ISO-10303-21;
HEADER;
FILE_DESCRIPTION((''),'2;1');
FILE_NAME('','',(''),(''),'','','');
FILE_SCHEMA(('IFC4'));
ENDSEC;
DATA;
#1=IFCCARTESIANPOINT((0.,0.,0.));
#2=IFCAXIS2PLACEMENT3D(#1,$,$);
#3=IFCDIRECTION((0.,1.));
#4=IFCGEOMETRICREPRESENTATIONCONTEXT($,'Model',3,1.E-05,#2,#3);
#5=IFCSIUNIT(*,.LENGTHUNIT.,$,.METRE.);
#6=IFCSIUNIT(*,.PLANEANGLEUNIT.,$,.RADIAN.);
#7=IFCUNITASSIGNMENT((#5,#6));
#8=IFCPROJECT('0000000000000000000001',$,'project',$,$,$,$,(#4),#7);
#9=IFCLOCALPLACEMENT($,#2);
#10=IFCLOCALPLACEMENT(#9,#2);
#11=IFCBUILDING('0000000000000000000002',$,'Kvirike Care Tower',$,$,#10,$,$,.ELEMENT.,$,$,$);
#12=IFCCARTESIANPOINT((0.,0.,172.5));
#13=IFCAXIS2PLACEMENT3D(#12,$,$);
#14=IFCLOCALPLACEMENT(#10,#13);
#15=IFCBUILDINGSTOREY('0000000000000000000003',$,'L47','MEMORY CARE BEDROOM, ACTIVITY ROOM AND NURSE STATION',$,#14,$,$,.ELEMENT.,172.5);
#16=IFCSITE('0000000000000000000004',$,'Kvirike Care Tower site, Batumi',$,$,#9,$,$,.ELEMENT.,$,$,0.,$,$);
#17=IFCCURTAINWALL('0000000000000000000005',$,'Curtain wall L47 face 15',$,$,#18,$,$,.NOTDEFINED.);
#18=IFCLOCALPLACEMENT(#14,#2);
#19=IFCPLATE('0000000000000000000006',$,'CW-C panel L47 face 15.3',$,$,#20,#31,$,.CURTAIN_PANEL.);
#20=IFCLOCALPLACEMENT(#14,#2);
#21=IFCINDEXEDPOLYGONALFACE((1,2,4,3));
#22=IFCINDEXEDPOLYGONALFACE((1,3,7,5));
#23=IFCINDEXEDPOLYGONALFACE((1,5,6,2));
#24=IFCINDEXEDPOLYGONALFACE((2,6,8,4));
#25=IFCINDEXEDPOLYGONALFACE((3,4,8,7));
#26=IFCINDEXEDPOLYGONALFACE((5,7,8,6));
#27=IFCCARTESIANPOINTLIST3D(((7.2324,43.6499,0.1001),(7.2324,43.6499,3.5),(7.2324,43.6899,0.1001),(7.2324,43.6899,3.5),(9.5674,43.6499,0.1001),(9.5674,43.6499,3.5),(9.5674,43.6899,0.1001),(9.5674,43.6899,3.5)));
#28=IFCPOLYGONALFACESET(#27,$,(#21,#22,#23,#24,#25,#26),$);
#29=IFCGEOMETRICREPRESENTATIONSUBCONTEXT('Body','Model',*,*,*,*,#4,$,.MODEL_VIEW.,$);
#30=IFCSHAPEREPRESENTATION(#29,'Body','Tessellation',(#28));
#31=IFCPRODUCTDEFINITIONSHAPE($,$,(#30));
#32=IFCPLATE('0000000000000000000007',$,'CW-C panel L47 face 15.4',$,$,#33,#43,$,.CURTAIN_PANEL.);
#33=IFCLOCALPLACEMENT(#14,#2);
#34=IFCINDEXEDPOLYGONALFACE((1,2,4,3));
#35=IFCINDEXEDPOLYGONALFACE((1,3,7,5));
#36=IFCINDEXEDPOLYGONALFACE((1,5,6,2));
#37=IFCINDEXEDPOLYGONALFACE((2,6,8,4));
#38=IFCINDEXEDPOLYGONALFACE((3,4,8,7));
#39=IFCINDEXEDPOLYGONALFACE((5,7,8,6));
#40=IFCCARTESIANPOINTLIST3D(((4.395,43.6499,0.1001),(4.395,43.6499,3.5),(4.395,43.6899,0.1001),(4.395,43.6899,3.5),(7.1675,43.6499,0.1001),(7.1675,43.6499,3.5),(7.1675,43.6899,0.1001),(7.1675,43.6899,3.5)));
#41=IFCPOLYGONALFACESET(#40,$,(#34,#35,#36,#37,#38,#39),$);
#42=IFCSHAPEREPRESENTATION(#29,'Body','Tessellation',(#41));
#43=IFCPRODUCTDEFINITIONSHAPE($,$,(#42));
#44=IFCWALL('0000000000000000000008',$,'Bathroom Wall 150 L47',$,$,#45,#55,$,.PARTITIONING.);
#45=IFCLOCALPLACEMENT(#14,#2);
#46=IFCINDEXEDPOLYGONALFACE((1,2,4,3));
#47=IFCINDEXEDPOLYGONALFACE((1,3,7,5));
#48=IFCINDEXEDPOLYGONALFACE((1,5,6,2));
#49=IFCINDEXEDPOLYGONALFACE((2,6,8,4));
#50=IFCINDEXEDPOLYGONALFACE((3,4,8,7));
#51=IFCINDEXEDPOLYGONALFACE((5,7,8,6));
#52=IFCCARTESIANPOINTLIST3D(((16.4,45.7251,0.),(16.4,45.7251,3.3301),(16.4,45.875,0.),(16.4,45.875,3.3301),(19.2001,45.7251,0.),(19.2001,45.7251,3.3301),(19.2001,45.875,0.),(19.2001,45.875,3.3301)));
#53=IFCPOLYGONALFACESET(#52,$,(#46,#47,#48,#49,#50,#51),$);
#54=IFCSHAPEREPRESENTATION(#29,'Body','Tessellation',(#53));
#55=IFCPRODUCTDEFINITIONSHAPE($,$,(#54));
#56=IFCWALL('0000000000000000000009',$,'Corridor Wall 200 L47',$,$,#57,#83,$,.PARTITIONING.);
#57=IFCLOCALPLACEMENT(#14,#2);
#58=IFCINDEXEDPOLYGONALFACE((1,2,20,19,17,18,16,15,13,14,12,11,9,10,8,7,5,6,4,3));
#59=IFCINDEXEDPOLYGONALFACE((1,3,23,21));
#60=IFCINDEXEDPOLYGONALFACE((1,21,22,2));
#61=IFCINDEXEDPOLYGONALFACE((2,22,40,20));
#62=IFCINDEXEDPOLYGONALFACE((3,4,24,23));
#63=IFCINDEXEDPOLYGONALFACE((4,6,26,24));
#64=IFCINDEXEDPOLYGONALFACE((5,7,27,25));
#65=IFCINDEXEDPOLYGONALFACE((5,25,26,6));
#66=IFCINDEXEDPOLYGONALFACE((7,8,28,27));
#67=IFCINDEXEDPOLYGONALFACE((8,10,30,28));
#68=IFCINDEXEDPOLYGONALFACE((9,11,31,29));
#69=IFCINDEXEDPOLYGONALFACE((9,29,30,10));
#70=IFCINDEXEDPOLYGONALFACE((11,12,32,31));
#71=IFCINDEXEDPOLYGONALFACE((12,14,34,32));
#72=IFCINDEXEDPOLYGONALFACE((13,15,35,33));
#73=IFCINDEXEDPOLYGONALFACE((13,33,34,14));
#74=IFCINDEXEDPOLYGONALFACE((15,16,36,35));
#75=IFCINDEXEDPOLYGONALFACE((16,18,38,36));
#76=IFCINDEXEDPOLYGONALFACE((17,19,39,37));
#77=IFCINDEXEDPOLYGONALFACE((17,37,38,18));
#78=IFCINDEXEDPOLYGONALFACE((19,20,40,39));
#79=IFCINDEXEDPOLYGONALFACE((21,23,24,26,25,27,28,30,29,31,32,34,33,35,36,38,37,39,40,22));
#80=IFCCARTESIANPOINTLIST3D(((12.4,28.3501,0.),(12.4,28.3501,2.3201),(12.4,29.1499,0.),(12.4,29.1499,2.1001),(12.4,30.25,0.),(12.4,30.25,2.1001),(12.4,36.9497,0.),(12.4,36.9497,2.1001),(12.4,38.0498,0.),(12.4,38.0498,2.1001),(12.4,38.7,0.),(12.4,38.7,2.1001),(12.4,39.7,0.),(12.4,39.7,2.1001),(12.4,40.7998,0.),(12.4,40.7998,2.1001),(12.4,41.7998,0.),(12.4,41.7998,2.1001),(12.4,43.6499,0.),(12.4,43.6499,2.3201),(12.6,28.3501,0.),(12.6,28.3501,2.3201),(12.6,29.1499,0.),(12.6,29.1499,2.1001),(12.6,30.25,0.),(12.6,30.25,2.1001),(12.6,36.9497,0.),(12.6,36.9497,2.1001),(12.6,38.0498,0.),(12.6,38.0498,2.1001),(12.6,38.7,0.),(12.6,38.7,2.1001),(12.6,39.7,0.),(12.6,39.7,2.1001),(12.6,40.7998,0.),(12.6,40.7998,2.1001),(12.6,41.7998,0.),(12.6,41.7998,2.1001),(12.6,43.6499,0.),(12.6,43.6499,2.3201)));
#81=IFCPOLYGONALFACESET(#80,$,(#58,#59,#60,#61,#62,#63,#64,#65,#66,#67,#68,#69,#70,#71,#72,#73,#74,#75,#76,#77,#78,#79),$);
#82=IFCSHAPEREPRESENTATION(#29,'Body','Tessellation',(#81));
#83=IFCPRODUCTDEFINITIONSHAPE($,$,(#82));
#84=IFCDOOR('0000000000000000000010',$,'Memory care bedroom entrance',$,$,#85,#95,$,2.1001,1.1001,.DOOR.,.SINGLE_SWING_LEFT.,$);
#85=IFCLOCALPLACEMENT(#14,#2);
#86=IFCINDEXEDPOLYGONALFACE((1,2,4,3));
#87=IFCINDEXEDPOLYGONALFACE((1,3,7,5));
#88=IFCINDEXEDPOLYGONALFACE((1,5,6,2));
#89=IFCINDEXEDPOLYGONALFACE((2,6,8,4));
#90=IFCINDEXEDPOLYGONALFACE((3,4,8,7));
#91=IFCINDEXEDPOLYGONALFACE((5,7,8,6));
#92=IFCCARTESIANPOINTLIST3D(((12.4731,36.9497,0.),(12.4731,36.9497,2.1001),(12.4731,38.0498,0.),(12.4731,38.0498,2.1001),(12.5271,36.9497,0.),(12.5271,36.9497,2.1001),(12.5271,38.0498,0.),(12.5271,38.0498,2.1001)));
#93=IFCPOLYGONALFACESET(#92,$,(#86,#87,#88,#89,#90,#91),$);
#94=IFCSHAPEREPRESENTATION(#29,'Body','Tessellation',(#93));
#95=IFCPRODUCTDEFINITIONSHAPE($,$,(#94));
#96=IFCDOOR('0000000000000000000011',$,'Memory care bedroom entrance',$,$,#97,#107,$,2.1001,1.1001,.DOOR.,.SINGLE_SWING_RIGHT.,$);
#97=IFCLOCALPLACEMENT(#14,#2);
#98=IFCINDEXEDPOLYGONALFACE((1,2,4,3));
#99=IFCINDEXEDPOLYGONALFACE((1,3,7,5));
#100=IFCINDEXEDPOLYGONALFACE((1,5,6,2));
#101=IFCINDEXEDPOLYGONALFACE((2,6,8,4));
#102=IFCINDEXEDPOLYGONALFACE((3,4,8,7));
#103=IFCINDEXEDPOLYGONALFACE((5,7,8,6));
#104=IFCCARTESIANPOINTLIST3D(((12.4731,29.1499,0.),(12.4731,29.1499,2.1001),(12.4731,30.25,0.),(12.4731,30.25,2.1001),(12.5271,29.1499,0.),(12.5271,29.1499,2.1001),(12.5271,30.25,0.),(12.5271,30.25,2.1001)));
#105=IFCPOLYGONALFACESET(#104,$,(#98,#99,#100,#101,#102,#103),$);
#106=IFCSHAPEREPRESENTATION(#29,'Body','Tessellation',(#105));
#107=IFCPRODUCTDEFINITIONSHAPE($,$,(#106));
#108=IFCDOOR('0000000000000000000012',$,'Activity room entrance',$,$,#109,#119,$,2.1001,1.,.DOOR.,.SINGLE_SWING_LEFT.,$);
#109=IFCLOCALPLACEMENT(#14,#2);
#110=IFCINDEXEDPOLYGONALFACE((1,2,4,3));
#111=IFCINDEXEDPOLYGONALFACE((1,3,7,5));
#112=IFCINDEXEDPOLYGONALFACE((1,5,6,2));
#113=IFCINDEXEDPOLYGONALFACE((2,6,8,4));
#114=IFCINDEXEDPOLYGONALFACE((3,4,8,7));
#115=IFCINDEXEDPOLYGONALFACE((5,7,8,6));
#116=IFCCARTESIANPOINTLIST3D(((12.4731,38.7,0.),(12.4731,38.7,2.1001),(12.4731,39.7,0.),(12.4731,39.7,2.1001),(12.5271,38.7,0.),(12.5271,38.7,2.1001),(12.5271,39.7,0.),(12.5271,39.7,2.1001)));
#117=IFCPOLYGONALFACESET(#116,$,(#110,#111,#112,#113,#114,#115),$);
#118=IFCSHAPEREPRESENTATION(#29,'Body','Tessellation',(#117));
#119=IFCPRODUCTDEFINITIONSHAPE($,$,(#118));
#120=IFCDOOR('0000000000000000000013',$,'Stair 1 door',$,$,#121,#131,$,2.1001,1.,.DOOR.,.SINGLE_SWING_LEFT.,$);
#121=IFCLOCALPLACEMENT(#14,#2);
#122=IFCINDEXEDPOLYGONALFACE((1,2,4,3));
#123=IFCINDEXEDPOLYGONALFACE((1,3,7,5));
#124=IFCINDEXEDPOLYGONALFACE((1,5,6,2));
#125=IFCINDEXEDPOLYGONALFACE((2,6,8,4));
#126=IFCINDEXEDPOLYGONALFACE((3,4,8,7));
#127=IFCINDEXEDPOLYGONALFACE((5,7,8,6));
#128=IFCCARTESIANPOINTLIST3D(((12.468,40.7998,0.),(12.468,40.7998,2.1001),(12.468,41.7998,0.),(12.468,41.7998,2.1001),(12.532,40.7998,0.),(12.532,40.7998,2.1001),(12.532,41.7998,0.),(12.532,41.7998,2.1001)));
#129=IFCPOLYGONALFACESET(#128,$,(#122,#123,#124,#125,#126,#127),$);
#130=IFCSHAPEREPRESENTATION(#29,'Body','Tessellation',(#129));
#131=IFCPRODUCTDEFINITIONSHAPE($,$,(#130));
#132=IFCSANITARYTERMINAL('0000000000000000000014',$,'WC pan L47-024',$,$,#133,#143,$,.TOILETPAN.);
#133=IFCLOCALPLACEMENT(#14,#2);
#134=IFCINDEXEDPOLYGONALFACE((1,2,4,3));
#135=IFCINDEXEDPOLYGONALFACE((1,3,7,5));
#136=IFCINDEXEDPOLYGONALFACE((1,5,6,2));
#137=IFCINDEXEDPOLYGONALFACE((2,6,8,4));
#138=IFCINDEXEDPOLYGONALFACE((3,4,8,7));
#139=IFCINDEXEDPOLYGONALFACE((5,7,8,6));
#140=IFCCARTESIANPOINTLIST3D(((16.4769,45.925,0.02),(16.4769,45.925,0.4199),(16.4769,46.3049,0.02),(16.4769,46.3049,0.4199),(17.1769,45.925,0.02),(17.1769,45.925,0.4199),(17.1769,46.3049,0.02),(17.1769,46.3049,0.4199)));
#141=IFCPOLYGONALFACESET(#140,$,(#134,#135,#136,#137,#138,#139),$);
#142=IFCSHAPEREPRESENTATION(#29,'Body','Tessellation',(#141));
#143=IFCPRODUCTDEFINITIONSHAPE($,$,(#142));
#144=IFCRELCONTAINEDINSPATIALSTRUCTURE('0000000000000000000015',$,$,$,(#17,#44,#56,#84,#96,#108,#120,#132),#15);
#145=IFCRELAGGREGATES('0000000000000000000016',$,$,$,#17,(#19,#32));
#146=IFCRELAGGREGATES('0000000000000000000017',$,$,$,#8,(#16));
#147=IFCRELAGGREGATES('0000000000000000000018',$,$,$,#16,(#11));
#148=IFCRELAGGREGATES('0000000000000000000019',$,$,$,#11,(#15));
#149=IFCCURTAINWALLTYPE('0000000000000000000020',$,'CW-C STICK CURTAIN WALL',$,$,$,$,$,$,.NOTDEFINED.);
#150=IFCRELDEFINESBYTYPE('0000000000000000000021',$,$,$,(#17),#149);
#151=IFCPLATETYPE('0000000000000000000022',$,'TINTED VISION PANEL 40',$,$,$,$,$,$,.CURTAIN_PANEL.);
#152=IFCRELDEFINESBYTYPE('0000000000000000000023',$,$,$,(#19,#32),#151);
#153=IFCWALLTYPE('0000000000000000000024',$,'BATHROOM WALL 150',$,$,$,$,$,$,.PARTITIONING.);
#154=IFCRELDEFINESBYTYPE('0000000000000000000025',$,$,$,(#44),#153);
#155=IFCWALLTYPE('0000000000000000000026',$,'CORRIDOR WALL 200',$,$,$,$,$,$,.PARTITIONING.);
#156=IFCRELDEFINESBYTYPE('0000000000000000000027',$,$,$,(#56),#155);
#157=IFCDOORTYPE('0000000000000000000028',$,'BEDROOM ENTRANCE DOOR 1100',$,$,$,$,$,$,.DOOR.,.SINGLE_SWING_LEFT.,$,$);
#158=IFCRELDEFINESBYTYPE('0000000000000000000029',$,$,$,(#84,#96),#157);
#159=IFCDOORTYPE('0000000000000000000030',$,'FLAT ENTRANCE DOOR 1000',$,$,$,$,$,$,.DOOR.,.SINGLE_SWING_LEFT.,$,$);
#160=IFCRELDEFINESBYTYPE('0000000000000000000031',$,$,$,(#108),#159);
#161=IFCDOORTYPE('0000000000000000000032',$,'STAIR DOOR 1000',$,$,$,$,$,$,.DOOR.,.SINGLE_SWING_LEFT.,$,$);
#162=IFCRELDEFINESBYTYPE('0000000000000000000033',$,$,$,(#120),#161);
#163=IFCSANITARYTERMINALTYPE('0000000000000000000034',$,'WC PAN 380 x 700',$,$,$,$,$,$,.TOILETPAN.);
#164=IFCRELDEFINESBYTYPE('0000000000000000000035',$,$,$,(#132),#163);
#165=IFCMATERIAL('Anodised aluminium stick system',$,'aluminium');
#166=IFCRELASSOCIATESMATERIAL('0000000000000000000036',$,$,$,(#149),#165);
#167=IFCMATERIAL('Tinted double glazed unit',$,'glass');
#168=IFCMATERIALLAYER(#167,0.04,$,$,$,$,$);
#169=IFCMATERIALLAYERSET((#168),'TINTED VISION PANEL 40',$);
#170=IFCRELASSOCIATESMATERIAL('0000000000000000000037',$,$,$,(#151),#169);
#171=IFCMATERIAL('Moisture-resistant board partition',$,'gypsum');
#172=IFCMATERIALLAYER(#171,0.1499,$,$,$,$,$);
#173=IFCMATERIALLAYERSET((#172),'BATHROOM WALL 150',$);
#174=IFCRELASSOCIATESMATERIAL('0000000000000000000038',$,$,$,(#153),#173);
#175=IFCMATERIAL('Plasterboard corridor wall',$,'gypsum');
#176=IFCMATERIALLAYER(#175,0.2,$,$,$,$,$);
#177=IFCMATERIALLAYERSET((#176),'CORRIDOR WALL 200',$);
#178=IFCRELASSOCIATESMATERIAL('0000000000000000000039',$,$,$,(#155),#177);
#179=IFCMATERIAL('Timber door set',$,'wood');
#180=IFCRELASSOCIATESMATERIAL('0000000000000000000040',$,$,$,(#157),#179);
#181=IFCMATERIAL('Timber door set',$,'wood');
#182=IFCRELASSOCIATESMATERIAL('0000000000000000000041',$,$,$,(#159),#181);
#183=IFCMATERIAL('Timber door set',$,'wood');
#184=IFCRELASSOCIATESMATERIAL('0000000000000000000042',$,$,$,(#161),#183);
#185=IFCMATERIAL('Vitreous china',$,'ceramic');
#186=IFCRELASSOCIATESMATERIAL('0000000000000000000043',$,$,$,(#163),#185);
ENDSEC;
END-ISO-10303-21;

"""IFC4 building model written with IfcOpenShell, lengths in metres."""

from ifc_helpers import new_model, si_unit, direction, frame, frame_2d, origin, origin_2d, place, context, subcontext, project, spatial, rectangle, extrude, material, layer, layer_set, type_object, element, fill, aggregate, save


model = new_model("IFC4")

# Units and contexts
model_context = context("Model", 3, precision=1e-05, world=origin(), true_north=direction((0.0, 1.0)))
body_context = subcontext(model_context, "Body", "Model", "MODEL_VIEW")
ifc_project = project(units=[si_unit("LENGTHUNIT", "METRE"), si_unit("PLANEANGLEUNIT", "RADIAN")], contexts=[model_context])

# Site, building, storey
site_placement = place(None, origin())
site = spatial("IfcSite", under=ifc_project, at=site_placement, Name="Kvirike Care Tower site, Batumi", CompositionType="ELEMENT", RefElevation=0.0)
building_placement = place(site_placement, origin())
building = spatial("IfcBuilding", under=site, at=building_placement, Name="Kvirike Care Tower", CompositionType="ELEMENT")
storey_placement = place(building_placement, frame((0.0, 0.0, 172.5)))
storey = spatial("IfcBuildingStorey", under=building, at=storey_placement, Name="L47", Description="MEMORY CARE BEDROOM, ACTIVITY ROOM AND NURSE STATION", CompositionType="ELEMENT", Elevation=172.5)

# Curtain wall
ifc_material_1 = material(Name="Anodised aluminium stick system", Category="aluminium")
curtain_wall_type = type_object("IfcCurtainWallType", Name="CW-C STICK CURTAIN WALL", PredefinedType="NOTDEFINED", material=ifc_material_1)
curtain_wall_1_placement = place(storey_placement, origin())
curtain_wall_1 = element("IfcCurtainWall", 1, at=curtain_wall_1_placement, inside=storey, type_object=curtain_wall_type, Name="Curtain wall L47 face 15", PredefinedType="NOTDEFINED")

# Plates
ifc_material_2 = material(Name="Tinted double glazed unit", Category="glass")
ifc_layer_1 = layer(ifc_material_2, 0.04)
ifc_layer_set_1 = layer_set([ifc_layer_1], Name="TINTED VISION PANEL 40")
plate_type = type_object("IfcPlateType", Name="TINTED VISION PANEL 40", PredefinedType="CURTAIN_PANEL", material=ifc_layer_set_1)
plate_1_placement = place(storey_placement, frame((8.3999, 43.6699, 0.1001), z_axis=(0.0, 0.0, 1.0), x_axis=(-1.0, 0.0, 0.0)))
plate_1 = element("IfcPlate", 2, at=plate_1_placement, type_object=plate_type, Name="CW-C panel L47 face 15.3", PredefinedType="CURTAIN_PANEL", context=body_context, shape_type="SweptSolid", body=[
    extrude(rectangle(XDim=2.335, YDim=0.04, at=origin_2d()), origin(), (0.0, 0.0, 1.0), 3.3999),
])
plate_2_placement = place(storey_placement, frame((5.7812, 43.6699, 0.1001), z_axis=(0.0, 0.0, 1.0), x_axis=(-1.0, 0.0, 0.0)))
plate_2 = element("IfcPlate", 3, at=plate_2_placement, type_object=plate_type, Name="CW-C panel L47 face 15.4", PredefinedType="CURTAIN_PANEL", context=body_context, shape_type="SweptSolid", body=[
    extrude(rectangle(XDim=2.7725, YDim=0.04, at=origin_2d()), origin(), (0.0, 0.0, 1.0), 3.3999),
])
aggregate(curtain_wall_1, [plate_1, plate_2])

# Wall
ifc_material_3 = material(Name="Moisture-resistant board partition", Category="gypsum")
ifc_layer_2 = layer(ifc_material_3, 0.1499)
ifc_layer_set_2 = layer_set([ifc_layer_2], Name="BATHROOM WALL 150")
wall_type_1 = type_object("IfcWallType", Name="BATHROOM WALL 150", PredefinedType="PARTITIONING", material=ifc_layer_set_2)
wall_1_placement = place(storey_placement, frame((19.2, 45.8, 0.0), z_axis=(0.0, 0.0, 1.0), x_axis=(-1.0, 0.0, 0.0)))
element("IfcWall", 4, at=wall_1_placement, inside=storey, type_object=wall_type_1, Name="Bathroom Wall 150 L47", PredefinedType="PARTITIONING", context=body_context, shape_type="SweptSolid", body=[
    extrude(rectangle(XDim=2.8, YDim=0.1499, at=frame_2d((1.3999, 0.0))), origin(), (0.0, 0.0, 1.0), 3.3301),
])

# Wall, openings, doors
ifc_material_4 = material(Name="Plasterboard corridor wall", Category="gypsum")
ifc_layer_3 = layer(ifc_material_4, 0.2)
ifc_layer_set_3 = layer_set([ifc_layer_3], Name="CORRIDOR WALL 200")
wall_type_2 = type_object("IfcWallType", Name="CORRIDOR WALL 200", PredefinedType="PARTITIONING", material=ifc_layer_set_3)
wall_2_placement = place(storey_placement, frame((12.5, 43.6499, 0.0), z_axis=(0.0, 0.0, 1.0), x_axis=(0.0, -1.0, 0.0)))
wall_2 = element("IfcWall", 5, at=wall_2_placement, inside=storey, type_object=wall_type_2, Name="Corridor Wall 200 L47", PredefinedType="PARTITIONING", context=body_context, shape_type="SweptSolid", body=[
    extrude(rectangle(XDim=15.2998, YDim=0.2, at=frame_2d((7.6499, 0.0))), origin(), (0.0, 0.0, 1.0), 2.3201),
])
opening_1_placement = place(wall_2_placement, frame((1.8501, 0.0, 0.0)))
opening_1 = element("IfcOpeningElement", 6, at=opening_1_placement, cuts=wall_2, PredefinedType="OPENING", context=body_context, shape_type="SweptSolid", body=[
    extrude(rectangle(XDim=1.0, YDim=2.1001, at=frame_2d((0.5, 1.05))), frame((0.0, 0.1106, 0.0), z_axis=(0.0, -1.0, 0.0), x_axis=(1.0, 0.0, 0.0)), (0.0, 0.0, 1.0), 0.2209),
])
opening_2_placement = place(wall_2_placement, frame((3.95, 0.0, 0.0)))
opening_2 = element("IfcOpeningElement", 7, at=opening_2_placement, cuts=wall_2, PredefinedType="OPENING", context=body_context, shape_type="SweptSolid", body=[
    extrude(rectangle(XDim=1.0, YDim=2.1001, at=frame_2d((0.5, 1.05))), frame((0.0, 0.1106, 0.0), z_axis=(0.0, -1.0, 0.0), x_axis=(1.0, 0.0, 0.0)), (0.0, 0.0, 1.0), 0.2209),
])
opening_3_placement = place(wall_2_placement, frame((5.6001, 0.0, 0.0)))
opening_3 = element("IfcOpeningElement", 8, at=opening_3_placement, cuts=wall_2, PredefinedType="OPENING", context=body_context, shape_type="SweptSolid", body=[
    extrude(rectangle(XDim=1.1001, YDim=2.1001, at=frame_2d((0.55, 1.05))), frame((0.0, 0.1106, 0.0), z_axis=(0.0, -1.0, 0.0), x_axis=(1.0, 0.0, 0.0)), (0.0, 0.0, 1.0), 0.2209),
])
opening_4_placement = place(wall_2_placement, frame((13.3999, 0.0, 0.0)))
opening_4 = element("IfcOpeningElement", 9, at=opening_4_placement, cuts=wall_2, PredefinedType="OPENING", context=body_context, shape_type="SweptSolid", body=[
    extrude(rectangle(XDim=1.1001, YDim=2.1001, at=frame_2d((0.55, 1.05))), frame((0.0, 0.1106, 0.0), z_axis=(0.0, -1.0, 0.0), x_axis=(1.0, 0.0, 0.0)), (0.0, 0.0, 1.0), 0.2209),
])
ifc_material_5 = material(Name="Timber door set", Category="wood")
door_type_1 = type_object("IfcDoorType", Name="BEDROOM ENTRANCE DOOR 1100", OperationType="SINGLE_SWING_LEFT", PredefinedType="DOOR", material=ifc_material_5)
door_1_placement = place(opening_3_placement, frame((1.1001, 0.0, 0.0), z_axis=(0.0, 0.0, 1.0), x_axis=(-1.0, 0.0, 0.0)))
door_1 = element("IfcDoor", 10, at=door_1_placement, inside=storey, type_object=door_type_1, Name="Memory care bedroom entrance", OperationType="SINGLE_SWING_LEFT", OverallHeight=2.1001, OverallWidth=1.1001, PredefinedType="DOOR", context=body_context, shape_type="SweptSolid", body=[
    extrude(rectangle(XDim=1.1001, YDim=2.1001, at=frame_2d((0.55, 1.05))), frame((0.0, 0.0269, 0.0), z_axis=(0.0, -1.0, 0.0), x_axis=(1.0, 0.0, 0.0)), (0.0, 0.0, 1.0), 0.054),
])
fill(opening_3, door_1)
door_2_placement = place(opening_4_placement, frame((1.1001, 0.0, 0.0), z_axis=(0.0, 0.0, 1.0), x_axis=(-1.0, 0.0, 0.0)))
door_2 = element("IfcDoor", 11, at=door_2_placement, inside=storey, type_object=door_type_1, Name="Memory care bedroom entrance", OperationType="SINGLE_SWING_RIGHT", OverallHeight=2.1001, OverallWidth=1.1001, PredefinedType="DOOR", context=body_context, shape_type="SweptSolid", body=[
    extrude(rectangle(XDim=1.1001, YDim=2.1001, at=frame_2d((0.55, 1.05))), frame((0.0, 0.0269, 0.0), z_axis=(0.0, -1.0, 0.0), x_axis=(1.0, 0.0, 0.0)), (0.0, 0.0, 1.0), 0.054),
])
fill(opening_4, door_2)
ifc_material_6 = material(Name="Timber door set", Category="wood")
door_type_2 = type_object("IfcDoorType", Name="FLAT ENTRANCE DOOR 1000", OperationType="SINGLE_SWING_LEFT", PredefinedType="DOOR", material=ifc_material_6)
door_3_placement = place(opening_2_placement, frame((1.0, 0.0, 0.0), z_axis=(0.0, 0.0, 1.0), x_axis=(-1.0, 0.0, 0.0)))
door_3 = element("IfcDoor", 12, at=door_3_placement, inside=storey, type_object=door_type_2, Name="Activity room entrance", OperationType="SINGLE_SWING_LEFT", OverallHeight=2.1001, OverallWidth=1.0, PredefinedType="DOOR", context=body_context, shape_type="SweptSolid", body=[
    extrude(rectangle(XDim=1.0, YDim=2.1001, at=frame_2d((0.5, 1.05))), frame((0.0, 0.0269, 0.0), z_axis=(0.0, -1.0, 0.0), x_axis=(1.0, 0.0, 0.0)), (0.0, 0.0, 1.0), 0.054),
])
fill(opening_2, door_3)
ifc_material_7 = material(Name="Timber door set", Category="wood")
door_type_3 = type_object("IfcDoorType", Name="STAIR DOOR 1000", OperationType="SINGLE_SWING_LEFT", PredefinedType="DOOR", material=ifc_material_7)
door_4_placement = place(opening_1_placement, frame((1.0, 0.0, 0.0), z_axis=(0.0, 0.0, 1.0), x_axis=(-1.0, 0.0, 0.0)))
door_4 = element("IfcDoor", 13, at=door_4_placement, inside=storey, type_object=door_type_3, Name="Stair 1 door", OperationType="SINGLE_SWING_LEFT", OverallHeight=2.1001, OverallWidth=1.0, PredefinedType="DOOR", context=body_context, shape_type="SweptSolid", body=[
    extrude(rectangle(XDim=1.0, YDim=2.1001, at=frame_2d((0.5, 1.05))), frame((0.0, 0.032, 0.0), z_axis=(0.0, -1.0, 0.0), x_axis=(1.0, 0.0, 0.0)), (0.0, 0.0, 1.0), 0.064),
])
fill(opening_1, door_4)

# Sanitary terminal
ifc_material_8 = material(Name="Vitreous china", Category="ceramic")
sanitary_terminal_type = type_object("IfcSanitaryTerminalType", Name="WC PAN 380 x 700", PredefinedType="TOILETPAN", material=ifc_material_8)
sanitary_terminal_placement = place(storey_placement, frame((16.8269, 46.115, 0.02), z_axis=(0.0, 0.0, 1.0), x_axis=(0.0, 1.0, 0.0)))
element("IfcSanitaryTerminal", 14, at=sanitary_terminal_placement, inside=storey, type_object=sanitary_terminal_type, Name="WC pan L47-024", PredefinedType="TOILETPAN", context=body_context, shape_type="SweptSolid", body=[
    extrude(rectangle(XDim=0.3799, YDim=0.7, at=origin_2d()), origin(), (0.0, 0.0, 1.0), 0.3999),
])

save(model, "model.ifc")
